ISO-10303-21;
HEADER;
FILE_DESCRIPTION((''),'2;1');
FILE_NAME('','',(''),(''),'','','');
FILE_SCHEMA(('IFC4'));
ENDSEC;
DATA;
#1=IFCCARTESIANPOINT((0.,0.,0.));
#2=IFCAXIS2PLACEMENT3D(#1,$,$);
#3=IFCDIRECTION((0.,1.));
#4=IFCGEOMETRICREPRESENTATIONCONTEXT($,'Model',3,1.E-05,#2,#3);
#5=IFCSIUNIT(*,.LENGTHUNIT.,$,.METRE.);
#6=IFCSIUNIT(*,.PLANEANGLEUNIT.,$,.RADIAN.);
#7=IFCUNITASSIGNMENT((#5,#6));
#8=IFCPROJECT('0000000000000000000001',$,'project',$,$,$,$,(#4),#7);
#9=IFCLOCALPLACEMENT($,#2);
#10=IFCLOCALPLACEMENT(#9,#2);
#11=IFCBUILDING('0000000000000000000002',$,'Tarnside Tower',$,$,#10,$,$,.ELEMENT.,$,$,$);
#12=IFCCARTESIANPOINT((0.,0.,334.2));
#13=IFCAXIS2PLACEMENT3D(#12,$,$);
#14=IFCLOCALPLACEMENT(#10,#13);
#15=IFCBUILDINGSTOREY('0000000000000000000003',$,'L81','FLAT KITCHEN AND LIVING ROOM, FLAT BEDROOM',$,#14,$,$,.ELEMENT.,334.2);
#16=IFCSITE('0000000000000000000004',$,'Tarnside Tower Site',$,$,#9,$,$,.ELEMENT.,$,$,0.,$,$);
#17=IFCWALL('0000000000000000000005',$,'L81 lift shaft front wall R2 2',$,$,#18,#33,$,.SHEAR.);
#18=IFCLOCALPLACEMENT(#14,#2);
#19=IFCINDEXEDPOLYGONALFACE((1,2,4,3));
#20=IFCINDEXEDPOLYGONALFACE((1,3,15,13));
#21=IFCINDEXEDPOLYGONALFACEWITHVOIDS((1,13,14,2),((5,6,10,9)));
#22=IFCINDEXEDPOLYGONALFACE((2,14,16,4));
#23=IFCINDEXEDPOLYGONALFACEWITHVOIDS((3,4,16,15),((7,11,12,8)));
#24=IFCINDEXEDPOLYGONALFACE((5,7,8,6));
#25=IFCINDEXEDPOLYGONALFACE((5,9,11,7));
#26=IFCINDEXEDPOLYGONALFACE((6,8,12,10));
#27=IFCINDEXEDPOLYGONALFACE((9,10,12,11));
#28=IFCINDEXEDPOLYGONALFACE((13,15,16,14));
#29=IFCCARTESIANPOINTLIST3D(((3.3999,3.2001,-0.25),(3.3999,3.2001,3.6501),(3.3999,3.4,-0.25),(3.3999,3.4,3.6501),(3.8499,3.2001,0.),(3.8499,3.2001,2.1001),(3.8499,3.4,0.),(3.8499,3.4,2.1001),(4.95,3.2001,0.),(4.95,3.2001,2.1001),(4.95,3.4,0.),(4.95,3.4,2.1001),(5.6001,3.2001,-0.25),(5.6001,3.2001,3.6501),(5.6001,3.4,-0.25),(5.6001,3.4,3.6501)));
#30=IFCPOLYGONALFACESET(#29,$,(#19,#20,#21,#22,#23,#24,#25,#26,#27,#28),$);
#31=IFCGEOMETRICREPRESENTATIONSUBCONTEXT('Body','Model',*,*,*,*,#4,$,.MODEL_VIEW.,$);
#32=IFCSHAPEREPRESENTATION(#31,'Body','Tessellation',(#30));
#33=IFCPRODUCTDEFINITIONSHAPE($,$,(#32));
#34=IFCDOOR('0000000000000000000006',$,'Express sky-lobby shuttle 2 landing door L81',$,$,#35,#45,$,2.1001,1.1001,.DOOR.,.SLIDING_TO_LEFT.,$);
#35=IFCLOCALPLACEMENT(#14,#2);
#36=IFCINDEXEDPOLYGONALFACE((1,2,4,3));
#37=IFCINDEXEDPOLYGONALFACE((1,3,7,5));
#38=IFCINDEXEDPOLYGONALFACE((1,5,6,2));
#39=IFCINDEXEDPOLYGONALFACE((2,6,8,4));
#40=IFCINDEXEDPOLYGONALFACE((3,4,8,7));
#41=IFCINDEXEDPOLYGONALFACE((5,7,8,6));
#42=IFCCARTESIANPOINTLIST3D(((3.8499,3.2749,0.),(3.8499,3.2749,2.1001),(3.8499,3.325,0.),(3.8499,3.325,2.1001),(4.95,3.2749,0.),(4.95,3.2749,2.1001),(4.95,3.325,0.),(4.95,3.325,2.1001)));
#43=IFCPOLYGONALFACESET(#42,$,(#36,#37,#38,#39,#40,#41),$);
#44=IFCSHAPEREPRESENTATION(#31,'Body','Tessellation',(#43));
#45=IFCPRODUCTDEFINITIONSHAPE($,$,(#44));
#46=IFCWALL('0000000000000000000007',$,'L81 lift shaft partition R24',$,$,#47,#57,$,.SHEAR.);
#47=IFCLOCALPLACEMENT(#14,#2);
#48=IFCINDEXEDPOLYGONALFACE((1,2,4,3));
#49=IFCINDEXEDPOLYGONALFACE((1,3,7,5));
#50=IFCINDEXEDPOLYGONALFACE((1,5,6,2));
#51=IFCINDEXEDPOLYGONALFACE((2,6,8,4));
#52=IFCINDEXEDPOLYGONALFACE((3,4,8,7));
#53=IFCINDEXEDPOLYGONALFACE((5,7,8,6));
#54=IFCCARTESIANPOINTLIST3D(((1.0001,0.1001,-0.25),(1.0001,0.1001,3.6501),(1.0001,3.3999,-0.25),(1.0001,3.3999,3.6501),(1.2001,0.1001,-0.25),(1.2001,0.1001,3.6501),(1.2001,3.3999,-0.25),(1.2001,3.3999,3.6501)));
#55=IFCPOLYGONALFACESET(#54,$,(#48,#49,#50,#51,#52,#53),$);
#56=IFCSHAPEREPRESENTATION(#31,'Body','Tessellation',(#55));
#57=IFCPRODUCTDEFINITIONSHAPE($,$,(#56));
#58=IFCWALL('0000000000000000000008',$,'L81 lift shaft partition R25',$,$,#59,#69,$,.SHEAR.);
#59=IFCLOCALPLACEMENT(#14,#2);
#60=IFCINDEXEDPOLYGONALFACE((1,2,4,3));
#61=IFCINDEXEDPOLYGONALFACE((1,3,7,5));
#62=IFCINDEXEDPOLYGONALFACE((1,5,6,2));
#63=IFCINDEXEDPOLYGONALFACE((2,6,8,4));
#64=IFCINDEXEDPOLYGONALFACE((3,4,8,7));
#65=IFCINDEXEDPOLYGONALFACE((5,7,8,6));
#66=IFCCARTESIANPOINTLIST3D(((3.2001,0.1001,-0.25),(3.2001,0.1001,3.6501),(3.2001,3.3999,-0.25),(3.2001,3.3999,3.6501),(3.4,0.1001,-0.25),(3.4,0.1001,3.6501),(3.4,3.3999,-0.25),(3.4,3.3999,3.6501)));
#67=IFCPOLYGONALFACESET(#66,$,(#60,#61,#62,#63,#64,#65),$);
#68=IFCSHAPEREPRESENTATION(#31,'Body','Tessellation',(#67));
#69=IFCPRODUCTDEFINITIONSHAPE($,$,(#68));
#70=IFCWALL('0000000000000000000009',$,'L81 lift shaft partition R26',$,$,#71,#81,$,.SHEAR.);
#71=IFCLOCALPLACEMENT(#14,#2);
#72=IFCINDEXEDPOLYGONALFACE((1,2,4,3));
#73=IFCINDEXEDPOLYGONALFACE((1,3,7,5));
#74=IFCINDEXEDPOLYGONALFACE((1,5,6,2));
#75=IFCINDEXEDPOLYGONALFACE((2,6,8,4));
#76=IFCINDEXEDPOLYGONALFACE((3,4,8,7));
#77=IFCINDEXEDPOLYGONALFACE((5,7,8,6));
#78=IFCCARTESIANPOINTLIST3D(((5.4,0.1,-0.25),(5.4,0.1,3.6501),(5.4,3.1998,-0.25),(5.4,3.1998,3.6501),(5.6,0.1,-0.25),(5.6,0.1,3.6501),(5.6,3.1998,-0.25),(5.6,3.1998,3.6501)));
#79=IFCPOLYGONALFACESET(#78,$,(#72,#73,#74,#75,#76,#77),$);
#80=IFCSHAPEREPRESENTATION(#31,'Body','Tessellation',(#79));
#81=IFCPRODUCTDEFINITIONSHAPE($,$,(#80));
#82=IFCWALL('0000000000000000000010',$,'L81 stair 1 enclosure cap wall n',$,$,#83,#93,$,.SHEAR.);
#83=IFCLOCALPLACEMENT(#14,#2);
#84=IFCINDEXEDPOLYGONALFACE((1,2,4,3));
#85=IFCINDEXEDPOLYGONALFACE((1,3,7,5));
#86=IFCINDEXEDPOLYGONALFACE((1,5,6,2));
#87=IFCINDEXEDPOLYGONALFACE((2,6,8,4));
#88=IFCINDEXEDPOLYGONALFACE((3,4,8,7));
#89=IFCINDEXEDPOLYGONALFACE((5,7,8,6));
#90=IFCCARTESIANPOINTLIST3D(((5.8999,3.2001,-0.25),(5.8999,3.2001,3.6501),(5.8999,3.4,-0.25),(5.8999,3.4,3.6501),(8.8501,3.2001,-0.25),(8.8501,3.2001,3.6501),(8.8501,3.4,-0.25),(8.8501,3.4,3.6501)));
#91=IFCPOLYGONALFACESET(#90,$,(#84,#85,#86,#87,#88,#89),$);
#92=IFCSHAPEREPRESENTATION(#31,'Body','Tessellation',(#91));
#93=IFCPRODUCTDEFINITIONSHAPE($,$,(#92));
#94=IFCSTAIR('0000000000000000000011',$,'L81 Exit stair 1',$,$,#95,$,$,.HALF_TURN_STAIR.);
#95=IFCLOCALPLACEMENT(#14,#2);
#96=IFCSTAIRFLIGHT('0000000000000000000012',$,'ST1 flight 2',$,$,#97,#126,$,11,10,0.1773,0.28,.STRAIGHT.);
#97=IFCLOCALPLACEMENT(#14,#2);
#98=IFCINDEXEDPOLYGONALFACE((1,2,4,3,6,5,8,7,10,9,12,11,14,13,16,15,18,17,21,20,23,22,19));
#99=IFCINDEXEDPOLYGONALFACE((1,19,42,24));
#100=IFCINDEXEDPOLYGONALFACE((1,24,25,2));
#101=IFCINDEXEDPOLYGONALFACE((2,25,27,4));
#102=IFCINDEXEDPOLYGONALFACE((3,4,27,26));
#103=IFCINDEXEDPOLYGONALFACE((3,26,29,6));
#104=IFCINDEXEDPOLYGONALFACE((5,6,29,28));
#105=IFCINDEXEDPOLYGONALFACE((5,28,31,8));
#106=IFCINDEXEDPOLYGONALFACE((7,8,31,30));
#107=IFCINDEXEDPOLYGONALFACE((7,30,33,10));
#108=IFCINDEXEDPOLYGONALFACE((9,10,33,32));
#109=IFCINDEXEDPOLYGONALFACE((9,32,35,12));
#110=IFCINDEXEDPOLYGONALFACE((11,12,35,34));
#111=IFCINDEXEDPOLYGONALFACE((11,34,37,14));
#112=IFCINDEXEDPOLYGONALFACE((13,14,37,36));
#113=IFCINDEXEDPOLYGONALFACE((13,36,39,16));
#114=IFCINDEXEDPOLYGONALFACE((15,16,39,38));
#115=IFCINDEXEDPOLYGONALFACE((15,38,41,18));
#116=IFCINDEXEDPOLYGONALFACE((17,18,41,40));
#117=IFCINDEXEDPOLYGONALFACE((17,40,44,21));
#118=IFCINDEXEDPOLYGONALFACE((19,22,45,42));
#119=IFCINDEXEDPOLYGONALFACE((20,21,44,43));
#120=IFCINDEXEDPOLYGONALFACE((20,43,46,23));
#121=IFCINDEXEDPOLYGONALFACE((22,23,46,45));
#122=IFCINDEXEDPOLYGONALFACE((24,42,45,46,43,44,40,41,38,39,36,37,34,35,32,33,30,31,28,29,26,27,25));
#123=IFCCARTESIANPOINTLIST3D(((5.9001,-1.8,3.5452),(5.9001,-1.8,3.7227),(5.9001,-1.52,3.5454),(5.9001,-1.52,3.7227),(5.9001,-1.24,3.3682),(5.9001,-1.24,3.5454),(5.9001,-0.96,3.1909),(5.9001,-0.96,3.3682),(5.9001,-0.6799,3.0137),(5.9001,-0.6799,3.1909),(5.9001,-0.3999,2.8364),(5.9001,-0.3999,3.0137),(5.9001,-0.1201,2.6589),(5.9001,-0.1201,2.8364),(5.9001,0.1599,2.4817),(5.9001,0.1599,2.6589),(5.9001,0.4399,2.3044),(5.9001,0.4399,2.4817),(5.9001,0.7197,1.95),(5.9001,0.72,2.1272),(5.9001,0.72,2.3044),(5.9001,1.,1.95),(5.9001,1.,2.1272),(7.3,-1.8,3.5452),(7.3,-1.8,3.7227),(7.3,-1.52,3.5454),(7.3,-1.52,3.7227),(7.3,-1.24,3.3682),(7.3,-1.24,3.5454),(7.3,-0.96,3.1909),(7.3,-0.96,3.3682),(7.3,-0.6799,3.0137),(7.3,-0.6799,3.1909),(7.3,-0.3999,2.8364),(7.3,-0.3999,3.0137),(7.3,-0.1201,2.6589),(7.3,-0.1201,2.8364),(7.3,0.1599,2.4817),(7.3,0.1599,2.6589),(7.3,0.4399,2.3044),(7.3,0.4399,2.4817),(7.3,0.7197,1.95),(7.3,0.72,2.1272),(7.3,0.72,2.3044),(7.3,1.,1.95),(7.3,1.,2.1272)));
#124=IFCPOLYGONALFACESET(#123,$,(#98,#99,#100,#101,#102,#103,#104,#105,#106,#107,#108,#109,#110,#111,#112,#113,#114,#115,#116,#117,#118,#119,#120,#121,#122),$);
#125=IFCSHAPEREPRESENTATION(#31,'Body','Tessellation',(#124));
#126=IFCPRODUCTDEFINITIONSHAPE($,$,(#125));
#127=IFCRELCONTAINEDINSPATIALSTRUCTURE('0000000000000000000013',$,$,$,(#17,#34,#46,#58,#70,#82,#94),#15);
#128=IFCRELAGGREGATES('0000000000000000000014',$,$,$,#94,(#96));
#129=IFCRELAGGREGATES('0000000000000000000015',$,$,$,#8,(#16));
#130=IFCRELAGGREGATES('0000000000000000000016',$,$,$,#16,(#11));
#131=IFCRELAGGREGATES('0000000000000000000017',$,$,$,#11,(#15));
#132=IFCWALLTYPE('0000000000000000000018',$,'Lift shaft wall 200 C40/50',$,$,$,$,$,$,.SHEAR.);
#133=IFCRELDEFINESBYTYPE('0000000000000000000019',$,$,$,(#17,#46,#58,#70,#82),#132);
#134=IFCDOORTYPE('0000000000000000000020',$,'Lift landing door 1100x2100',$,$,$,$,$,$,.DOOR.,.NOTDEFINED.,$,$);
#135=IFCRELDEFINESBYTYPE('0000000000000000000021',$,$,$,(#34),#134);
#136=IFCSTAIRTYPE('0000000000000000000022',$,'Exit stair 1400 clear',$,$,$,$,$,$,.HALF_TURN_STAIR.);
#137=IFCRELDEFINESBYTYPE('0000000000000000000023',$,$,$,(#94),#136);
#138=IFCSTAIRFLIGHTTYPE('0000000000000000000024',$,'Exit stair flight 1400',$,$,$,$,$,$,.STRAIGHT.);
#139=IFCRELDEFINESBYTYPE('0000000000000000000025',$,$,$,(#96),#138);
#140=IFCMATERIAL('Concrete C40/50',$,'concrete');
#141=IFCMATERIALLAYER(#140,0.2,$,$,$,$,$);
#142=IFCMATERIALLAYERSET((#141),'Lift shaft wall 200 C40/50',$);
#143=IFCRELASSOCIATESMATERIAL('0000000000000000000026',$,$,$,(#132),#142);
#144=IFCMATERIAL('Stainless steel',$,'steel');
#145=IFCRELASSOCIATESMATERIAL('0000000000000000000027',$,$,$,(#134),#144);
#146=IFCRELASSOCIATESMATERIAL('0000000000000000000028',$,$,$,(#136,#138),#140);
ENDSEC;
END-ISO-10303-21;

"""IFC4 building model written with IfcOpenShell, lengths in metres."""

from ifc_helpers import new_model, si_unit, direction, frame, frame_2d, origin, place, context, subcontext, project, spatial, polyline, rectangle, outline, extrude, material, layer, layer_set, type_object, element, fill, aggregate, save


model = new_model("IFC4")

# Units and contexts
model_context = context("Model", 3, precision=1e-05, world=origin(), true_north=direction((0.0, 1.0)))
body_context = subcontext(model_context, "Body", "Model", "MODEL_VIEW")
ifc_project = project(units=[si_unit("LENGTHUNIT", "METRE"), si_unit("PLANEANGLEUNIT", "RADIAN")], contexts=[model_context])

# Site, building, storey
site_placement = place(None, origin())
site = spatial("IfcSite", under=ifc_project, at=site_placement, Name="Tarnside Tower Site", CompositionType="ELEMENT", RefElevation=0.0)
building_placement = place(site_placement, origin())
building = spatial("IfcBuilding", under=site, at=building_placement, Name="Tarnside Tower", CompositionType="ELEMENT")
storey_placement = place(building_placement, frame((0.0, 0.0, 334.2)))
storey = spatial("IfcBuildingStorey", under=building, at=storey_placement, Name="L81", Description="FLAT KITCHEN AND LIVING ROOM, FLAT BEDROOM", CompositionType="ELEMENT", Elevation=334.2)

# Shared definitions
ifc_material_1 = material(Name="Concrete C40/50", Category="concrete")

# Shared definitions
ifc_layer_1 = layer(ifc_material_1, 0.2)
ifc_layer_set_1 = layer_set([ifc_layer_1], Name="Lift shaft wall 200 C40/50")
wall_type_1 = type_object("IfcWallType", Name="Lift shaft wall 200 C40/50", PredefinedType="SHEAR", material=ifc_layer_set_1)

# Wall, opening, door
wall_1_placement = place(storey_placement, frame((3.3999, 3.3, -0.25), z_axis=(0.0, 0.0, 1.0), x_axis=(1.0, 0.0, 0.0)))
wall_1 = element("IfcWall", 1, at=wall_1_placement, inside=storey, type_object=wall_type_1, Name="L81 lift shaft front wall R2 2", PredefinedType="SHEAR", context=body_context, shape_type="SweptSolid", body=[
    extrude(rectangle(XDim=2.2002, YDim=0.2, at=frame_2d((1.1001, 0.0))), origin(), (0.0, 0.0, 1.0), 3.9001),
])
opening_1_placement = place(wall_1_placement, frame((0.45, 0.0, 0.25)))
opening_1 = element("IfcOpeningElement", 2, at=opening_1_placement, cuts=wall_1, PredefinedType="OPENING", context=body_context, shape_type="SweptSolid", body=[
    extrude(rectangle(XDim=1.1001, YDim=2.1001, at=frame_2d((0.55, 1.05))), frame((0.0, 0.1099, 0.0), z_axis=(0.0, -1.0, 0.0), x_axis=(1.0, 0.0, 0.0)), (0.0, 0.0, 1.0), 0.22),
])
ifc_material_2 = material(Name="Stainless steel", Category="steel")
door_type_1 = type_object("IfcDoorType", Name="Lift landing door 1100x2100", OperationType="NOTDEFINED", PredefinedType="DOOR", material=ifc_material_2)
door_1_placement = place(opening_1_placement, origin())
door_1 = element("IfcDoor", 3, at=door_1_placement, inside=storey, type_object=door_type_1, Name="Express sky-lobby shuttle 2 landing door L81", OperationType="SLIDING_TO_LEFT", OverallHeight=2.1001, OverallWidth=1.1001, PredefinedType="DOOR", context=body_context, shape_type="SweptSolid", body=[
    extrude(rectangle(XDim=1.1001, YDim=2.1001, at=frame_2d((0.55, 1.05))), frame((0.0, 0.0249, 0.0), z_axis=(0.0, -1.0, 0.0), x_axis=(1.0, 0.0, 0.0)), (0.0, 0.0, 1.0), 0.05),
])
fill(opening_1, door_1)

# Walls
for number, where, z_axis, x_axis, name in (
    (4, (1.1001, 0.1001, -0.25), (0.0, 0.0, 1.0), (0.0, 1.0, 0.0), "L81 lift shaft partition R24"),
    (5, (3.3, 0.1001, -0.25), (0.0, 0.0, 1.0), (0.0, 1.0, 0.0), "L81 lift shaft partition R25"),
):
    element("IfcWall", number, at=place(storey_placement, frame(where, z_axis=z_axis, x_axis=x_axis)), inside=storey, type_object=wall_type_1, Name=name, PredefinedType="SHEAR", context=body_context, shape_type="SweptSolid", body=[
        extrude(rectangle(XDim=3.2998, YDim=0.2, at=frame_2d((1.6499, 0.0))), origin(), (0.0, 0.0, 1.0), 3.9001),
    ])
wall_2_placement = place(storey_placement, frame((5.5, 0.1001, -0.25), z_axis=(0.0, 0.0, 1.0), x_axis=(0.0, 1.0, 0.0)))
element("IfcWall", 6, at=wall_2_placement, inside=storey, type_object=wall_type_1, Name="L81 lift shaft partition R26", PredefinedType="SHEAR", context=body_context, shape_type="SweptSolid", body=[
    extrude(rectangle(XDim=3.0999, YDim=0.2, at=frame_2d((1.5498, 0.0))), origin(), (0.0, 0.0, 1.0), 3.9001),
])
wall_3_placement = place(storey_placement, frame((5.8999, 3.3, -0.25), z_axis=(0.0, 0.0, 1.0), x_axis=(1.0, 0.0, 0.0)))
element("IfcWall", 7, at=wall_3_placement, inside=storey, type_object=wall_type_1, Name="L81 stair 1 enclosure cap wall n", PredefinedType="SHEAR", context=body_context, shape_type="SweptSolid", body=[
    extrude(rectangle(XDim=2.9502, YDim=0.2, at=frame_2d((1.4751, 0.0))), origin(), (0.0, 0.0, 1.0), 3.9001),
])

# Stair, stair flight
stair_type = type_object("IfcStairType", Name="Exit stair 1400 clear", PredefinedType="HALF_TURN_STAIR", material=ifc_material_1)
stair_placement = place(storey_placement, origin())
stair = element("IfcStair", 8, at=stair_placement, inside=storey, type_object=stair_type, Name="L81 Exit stair 1", PredefinedType="HALF_TURN_STAIR")
stair_flight_type = type_object("IfcStairFlightType", Name="Exit stair flight 1400", PredefinedType="STRAIGHT", material=ifc_material_1)
stair_flight_placement = place(storey_placement, frame((6.6001, 1.0, 1.95), z_axis=(0.0, 0.0, 1.0), x_axis=(0.0, -1.0, 0.0)))
stair_flight = element("IfcStairFlight", 9, at=stair_flight_placement, type_object=stair_flight_type, Name="ST1 flight 2", NumberOfRisers=11, NumberOfTreads=10, PredefinedType="STRAIGHT", RiserHeight=0.1773, TreadLength=0.28, context=body_context, shape_type="SweptSolid", body=[
    extrude(outline(polyline([(0.0, 0.0), (0.0, 0.1772), (0.28, 0.1772), (0.28, 0.3545), (0.5601, 0.3545), (0.5601, 0.5317), (0.8401, 0.5317), (0.8401, 0.709), (1.1201, 0.709), (1.1201, 0.8865), (1.3999, 0.8865), (1.3999, 1.0637), (1.6799, 1.0637), (1.6799, 1.241), (1.96, 1.241), (1.96, 1.4182), (2.24, 1.4182), (2.24, 1.5955), (2.52, 1.5955), (2.52, 1.7727), (2.8, 1.7727), (2.8, 1.95), (2.8, 1.5952), (0.2803, 0.0), (0.0, 0.0)])), frame((0.0, 0.7, 0.0), z_axis=(0.0, -1.0, 0.0), x_axis=(1.0, 0.0, 0.0)), (0.0, 0.0, 1.0), 1.3999),
])
aggregate(stair, [stair_flight])

save(model, "model.ifc")
